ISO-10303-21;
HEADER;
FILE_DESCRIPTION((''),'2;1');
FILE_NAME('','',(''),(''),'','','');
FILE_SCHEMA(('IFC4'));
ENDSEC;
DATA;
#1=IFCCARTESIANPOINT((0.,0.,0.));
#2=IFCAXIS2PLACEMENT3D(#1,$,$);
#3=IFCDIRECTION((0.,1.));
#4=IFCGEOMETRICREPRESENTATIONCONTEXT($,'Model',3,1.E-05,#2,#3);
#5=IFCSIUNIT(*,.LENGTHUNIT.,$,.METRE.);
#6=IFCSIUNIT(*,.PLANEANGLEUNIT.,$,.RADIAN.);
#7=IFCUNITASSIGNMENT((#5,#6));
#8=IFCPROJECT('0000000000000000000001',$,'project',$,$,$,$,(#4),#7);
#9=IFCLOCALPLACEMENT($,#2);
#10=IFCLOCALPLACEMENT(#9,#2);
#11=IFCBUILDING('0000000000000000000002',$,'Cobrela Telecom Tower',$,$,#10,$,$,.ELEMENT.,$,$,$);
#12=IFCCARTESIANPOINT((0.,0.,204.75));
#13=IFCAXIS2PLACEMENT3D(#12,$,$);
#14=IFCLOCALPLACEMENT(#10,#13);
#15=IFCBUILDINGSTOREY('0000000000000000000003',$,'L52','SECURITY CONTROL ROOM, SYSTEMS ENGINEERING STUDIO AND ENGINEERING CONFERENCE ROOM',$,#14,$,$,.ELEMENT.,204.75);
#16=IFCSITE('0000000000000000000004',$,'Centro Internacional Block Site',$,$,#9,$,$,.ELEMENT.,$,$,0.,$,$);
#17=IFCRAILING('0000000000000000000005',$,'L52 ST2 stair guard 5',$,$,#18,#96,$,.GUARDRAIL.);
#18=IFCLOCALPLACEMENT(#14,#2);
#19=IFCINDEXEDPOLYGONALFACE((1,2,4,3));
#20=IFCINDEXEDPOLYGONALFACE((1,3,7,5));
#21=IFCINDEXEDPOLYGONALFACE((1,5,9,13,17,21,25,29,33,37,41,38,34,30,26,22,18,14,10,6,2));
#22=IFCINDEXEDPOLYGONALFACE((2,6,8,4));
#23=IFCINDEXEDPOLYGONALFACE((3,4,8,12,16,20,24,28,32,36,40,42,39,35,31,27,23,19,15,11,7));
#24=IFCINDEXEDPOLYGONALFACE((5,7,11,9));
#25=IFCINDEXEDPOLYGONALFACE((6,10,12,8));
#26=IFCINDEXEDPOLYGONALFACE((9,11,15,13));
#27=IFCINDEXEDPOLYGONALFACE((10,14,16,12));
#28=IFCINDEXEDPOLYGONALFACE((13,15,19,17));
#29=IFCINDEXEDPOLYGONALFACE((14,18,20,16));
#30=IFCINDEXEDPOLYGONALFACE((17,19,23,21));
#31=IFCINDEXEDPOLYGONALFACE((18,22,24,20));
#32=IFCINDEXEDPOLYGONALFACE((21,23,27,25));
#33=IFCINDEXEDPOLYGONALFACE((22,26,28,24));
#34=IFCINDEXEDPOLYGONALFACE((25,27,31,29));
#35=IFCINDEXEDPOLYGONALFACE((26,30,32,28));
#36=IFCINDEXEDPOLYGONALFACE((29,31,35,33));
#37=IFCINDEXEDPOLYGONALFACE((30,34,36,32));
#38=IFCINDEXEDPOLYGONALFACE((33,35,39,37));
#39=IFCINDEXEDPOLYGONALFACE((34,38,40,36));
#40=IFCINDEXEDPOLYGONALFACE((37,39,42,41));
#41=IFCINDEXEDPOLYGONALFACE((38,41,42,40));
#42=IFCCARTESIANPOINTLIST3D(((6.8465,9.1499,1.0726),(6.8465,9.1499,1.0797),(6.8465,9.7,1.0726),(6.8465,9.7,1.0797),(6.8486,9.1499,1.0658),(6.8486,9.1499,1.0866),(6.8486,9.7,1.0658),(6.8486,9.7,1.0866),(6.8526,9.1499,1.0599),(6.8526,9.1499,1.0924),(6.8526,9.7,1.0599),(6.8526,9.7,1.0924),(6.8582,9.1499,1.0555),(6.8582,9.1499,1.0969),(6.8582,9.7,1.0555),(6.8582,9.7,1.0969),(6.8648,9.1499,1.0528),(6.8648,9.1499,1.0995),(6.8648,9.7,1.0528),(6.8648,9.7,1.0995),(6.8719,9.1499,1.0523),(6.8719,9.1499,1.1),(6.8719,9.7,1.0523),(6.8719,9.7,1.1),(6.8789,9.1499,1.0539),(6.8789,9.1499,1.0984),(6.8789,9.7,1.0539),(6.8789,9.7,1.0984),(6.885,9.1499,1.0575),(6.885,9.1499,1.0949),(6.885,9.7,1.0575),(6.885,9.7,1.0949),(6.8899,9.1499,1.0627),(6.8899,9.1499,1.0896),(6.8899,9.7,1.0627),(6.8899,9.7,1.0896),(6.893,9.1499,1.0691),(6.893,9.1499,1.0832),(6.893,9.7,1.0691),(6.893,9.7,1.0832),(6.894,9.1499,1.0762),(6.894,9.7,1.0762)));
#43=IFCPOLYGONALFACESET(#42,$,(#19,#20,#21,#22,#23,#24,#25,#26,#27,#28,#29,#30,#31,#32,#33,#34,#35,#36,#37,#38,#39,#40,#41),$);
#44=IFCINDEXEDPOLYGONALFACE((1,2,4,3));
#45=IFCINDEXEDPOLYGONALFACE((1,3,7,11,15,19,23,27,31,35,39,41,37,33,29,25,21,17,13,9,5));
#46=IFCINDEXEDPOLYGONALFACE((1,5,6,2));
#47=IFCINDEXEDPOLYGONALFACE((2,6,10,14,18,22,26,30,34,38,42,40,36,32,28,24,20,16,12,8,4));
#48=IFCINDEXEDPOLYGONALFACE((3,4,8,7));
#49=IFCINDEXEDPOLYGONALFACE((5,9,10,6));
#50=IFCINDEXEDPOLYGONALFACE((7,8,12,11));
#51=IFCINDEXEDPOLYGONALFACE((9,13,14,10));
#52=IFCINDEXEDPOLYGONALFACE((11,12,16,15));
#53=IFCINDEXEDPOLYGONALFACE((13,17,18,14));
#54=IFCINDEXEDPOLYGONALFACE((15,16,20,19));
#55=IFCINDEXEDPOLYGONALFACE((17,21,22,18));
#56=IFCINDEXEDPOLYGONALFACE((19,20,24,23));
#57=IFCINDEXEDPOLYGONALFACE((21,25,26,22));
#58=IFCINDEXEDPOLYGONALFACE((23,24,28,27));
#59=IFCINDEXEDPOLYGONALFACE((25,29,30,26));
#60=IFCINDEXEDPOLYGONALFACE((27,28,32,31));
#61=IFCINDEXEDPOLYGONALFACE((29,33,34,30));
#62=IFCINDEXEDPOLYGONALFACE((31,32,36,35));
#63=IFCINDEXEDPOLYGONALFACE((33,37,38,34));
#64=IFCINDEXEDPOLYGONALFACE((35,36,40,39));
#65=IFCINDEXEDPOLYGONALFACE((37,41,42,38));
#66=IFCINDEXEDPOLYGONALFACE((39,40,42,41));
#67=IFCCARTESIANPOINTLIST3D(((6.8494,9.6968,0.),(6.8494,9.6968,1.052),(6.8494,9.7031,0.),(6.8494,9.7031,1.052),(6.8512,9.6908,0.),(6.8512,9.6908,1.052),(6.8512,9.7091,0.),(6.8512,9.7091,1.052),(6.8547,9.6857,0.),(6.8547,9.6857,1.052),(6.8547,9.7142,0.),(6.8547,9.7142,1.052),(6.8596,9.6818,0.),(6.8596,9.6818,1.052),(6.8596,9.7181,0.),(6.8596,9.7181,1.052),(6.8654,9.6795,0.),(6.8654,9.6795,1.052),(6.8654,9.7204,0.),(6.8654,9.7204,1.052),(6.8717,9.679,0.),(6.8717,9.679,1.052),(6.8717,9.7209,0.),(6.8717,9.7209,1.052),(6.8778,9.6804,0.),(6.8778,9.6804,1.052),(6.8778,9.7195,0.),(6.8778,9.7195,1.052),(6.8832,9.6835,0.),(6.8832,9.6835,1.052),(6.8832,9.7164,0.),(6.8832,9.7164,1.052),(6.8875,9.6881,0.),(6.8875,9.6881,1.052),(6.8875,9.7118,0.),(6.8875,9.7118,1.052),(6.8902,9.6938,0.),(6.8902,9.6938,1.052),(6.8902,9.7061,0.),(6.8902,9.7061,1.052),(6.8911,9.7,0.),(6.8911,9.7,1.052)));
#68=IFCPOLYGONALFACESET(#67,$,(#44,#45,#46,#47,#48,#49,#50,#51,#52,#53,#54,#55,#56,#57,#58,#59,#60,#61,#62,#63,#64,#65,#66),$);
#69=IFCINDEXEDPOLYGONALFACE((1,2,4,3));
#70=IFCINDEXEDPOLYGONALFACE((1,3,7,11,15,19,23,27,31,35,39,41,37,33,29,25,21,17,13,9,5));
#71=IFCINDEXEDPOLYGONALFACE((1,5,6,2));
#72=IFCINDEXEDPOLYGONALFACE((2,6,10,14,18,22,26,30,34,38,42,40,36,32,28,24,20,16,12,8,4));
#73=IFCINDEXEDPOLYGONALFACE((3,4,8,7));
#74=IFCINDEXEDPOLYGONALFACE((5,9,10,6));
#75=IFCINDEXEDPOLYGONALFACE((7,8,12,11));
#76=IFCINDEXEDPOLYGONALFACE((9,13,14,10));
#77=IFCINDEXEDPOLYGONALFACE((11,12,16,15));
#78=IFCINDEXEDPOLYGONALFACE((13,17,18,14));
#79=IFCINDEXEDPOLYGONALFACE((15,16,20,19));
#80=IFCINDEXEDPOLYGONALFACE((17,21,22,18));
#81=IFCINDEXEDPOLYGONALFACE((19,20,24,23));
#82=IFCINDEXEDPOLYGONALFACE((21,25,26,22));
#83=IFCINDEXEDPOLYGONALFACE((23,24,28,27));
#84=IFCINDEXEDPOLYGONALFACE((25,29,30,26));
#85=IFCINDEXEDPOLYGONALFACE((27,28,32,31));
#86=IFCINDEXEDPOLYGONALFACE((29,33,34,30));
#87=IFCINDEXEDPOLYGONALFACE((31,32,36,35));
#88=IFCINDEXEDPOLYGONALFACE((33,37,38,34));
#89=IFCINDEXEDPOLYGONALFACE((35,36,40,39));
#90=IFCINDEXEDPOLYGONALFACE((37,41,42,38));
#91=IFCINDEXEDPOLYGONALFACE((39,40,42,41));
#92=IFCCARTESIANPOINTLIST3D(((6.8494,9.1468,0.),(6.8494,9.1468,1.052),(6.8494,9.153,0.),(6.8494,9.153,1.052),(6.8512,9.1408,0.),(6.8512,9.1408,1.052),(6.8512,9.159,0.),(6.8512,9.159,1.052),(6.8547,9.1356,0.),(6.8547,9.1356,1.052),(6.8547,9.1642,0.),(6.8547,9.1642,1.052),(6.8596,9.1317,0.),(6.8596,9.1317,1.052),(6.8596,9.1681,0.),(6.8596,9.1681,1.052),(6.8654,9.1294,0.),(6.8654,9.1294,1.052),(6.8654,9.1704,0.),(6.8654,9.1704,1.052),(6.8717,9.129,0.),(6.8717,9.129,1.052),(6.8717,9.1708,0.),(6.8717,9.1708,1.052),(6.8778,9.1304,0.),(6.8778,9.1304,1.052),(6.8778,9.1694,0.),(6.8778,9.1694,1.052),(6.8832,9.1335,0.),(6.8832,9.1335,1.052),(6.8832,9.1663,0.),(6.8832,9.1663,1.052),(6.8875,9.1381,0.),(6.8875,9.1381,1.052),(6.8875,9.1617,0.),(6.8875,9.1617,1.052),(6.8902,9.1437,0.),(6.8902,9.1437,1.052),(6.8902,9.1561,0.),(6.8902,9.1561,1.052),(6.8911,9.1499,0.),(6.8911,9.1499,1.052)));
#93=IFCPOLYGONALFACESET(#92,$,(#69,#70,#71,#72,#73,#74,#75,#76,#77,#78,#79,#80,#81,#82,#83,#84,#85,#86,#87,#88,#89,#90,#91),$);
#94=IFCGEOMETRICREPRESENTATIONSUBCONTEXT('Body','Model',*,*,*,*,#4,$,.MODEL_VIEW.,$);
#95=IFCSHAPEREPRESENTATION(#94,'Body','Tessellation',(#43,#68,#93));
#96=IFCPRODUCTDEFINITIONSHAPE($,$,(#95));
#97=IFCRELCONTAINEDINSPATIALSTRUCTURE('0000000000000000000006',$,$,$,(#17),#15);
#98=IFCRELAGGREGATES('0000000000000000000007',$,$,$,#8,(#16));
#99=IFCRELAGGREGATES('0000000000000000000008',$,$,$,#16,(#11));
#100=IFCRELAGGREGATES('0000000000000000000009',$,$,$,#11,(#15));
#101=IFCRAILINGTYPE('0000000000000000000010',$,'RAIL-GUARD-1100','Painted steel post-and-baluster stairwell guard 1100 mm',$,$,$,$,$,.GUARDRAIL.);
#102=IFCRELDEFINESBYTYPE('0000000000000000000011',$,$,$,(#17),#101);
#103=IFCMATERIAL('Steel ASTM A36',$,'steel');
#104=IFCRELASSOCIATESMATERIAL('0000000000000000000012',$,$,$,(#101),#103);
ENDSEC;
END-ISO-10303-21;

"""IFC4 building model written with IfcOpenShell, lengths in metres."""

from ifc_helpers import new_model, si_unit, direction, frame, origin, origin_2d, place, context, subcontext, project, spatial, circle, extrude, material, type_object, element, save


model = new_model("IFC4")

# Units and contexts
model_context = context("Model", 3, precision=1e-05, world=origin(), true_north=direction((0.0, 1.0)))
body_context = subcontext(model_context, "Body", "Model", "MODEL_VIEW")
ifc_project = project(units=[si_unit("LENGTHUNIT", "METRE"), si_unit("PLANEANGLEUNIT", "RADIAN")], contexts=[model_context])

# Site, building, storey
site_placement = place(None, origin())
site = spatial("IfcSite", under=ifc_project, at=site_placement, Name="Centro Internacional Block Site", CompositionType="ELEMENT", RefElevation=0.0)
building_placement = place(site_placement, origin())
building = spatial("IfcBuilding", under=site, at=building_placement, Name="Cobrela Telecom Tower", CompositionType="ELEMENT")
storey_placement = place(building_placement, frame((0.0, 0.0, 204.75)))
storey = spatial("IfcBuildingStorey", under=building, at=storey_placement, Name="L52", Description="SECURITY CONTROL ROOM, SYSTEMS ENGINEERING STUDIO AND ENGINEERING CONFERENCE ROOM", CompositionType="ELEMENT", Elevation=204.75)

# Railing
ifc_material_1 = material(Name="Steel ASTM A36", Category="steel")
railing_type_1 = type_object("IfcRailingType", Name="RAIL-GUARD-1100", Description="Painted steel post-and-baluster stairwell guard 1100 mm", PredefinedType="GUARDRAIL", material=ifc_material_1)
railing_1_placement = place(storey_placement, frame((6.8701, 9.7, 0.0)))
element("IfcRailing", 1, at=railing_1_placement, inside=storey, type_object=railing_type_1, Name="L52 ST2 stair guard 5", PredefinedType="GUARDRAIL", context=body_context, shape_type="SweptSolid", body=[
    extrude(circle(Radius=0.0239, at=origin_2d()), frame((0.0, 0.0, 1.0762), z_axis=(0.0, -1.0, 0.0), x_axis=(1.0, 0.0, 0.0)), (0.0, 0.0, 1.0), 0.55),
    extrude(circle(Radius=0.021, at=origin_2d()), origin(), (0.0, 0.0, 1.0), 1.052),
    extrude(circle(Radius=0.021, at=origin_2d()), frame((0.0, -0.55, 0.0)), (0.0, 0.0, 1.0), 1.052),
])

save(model, "model.ifc")
